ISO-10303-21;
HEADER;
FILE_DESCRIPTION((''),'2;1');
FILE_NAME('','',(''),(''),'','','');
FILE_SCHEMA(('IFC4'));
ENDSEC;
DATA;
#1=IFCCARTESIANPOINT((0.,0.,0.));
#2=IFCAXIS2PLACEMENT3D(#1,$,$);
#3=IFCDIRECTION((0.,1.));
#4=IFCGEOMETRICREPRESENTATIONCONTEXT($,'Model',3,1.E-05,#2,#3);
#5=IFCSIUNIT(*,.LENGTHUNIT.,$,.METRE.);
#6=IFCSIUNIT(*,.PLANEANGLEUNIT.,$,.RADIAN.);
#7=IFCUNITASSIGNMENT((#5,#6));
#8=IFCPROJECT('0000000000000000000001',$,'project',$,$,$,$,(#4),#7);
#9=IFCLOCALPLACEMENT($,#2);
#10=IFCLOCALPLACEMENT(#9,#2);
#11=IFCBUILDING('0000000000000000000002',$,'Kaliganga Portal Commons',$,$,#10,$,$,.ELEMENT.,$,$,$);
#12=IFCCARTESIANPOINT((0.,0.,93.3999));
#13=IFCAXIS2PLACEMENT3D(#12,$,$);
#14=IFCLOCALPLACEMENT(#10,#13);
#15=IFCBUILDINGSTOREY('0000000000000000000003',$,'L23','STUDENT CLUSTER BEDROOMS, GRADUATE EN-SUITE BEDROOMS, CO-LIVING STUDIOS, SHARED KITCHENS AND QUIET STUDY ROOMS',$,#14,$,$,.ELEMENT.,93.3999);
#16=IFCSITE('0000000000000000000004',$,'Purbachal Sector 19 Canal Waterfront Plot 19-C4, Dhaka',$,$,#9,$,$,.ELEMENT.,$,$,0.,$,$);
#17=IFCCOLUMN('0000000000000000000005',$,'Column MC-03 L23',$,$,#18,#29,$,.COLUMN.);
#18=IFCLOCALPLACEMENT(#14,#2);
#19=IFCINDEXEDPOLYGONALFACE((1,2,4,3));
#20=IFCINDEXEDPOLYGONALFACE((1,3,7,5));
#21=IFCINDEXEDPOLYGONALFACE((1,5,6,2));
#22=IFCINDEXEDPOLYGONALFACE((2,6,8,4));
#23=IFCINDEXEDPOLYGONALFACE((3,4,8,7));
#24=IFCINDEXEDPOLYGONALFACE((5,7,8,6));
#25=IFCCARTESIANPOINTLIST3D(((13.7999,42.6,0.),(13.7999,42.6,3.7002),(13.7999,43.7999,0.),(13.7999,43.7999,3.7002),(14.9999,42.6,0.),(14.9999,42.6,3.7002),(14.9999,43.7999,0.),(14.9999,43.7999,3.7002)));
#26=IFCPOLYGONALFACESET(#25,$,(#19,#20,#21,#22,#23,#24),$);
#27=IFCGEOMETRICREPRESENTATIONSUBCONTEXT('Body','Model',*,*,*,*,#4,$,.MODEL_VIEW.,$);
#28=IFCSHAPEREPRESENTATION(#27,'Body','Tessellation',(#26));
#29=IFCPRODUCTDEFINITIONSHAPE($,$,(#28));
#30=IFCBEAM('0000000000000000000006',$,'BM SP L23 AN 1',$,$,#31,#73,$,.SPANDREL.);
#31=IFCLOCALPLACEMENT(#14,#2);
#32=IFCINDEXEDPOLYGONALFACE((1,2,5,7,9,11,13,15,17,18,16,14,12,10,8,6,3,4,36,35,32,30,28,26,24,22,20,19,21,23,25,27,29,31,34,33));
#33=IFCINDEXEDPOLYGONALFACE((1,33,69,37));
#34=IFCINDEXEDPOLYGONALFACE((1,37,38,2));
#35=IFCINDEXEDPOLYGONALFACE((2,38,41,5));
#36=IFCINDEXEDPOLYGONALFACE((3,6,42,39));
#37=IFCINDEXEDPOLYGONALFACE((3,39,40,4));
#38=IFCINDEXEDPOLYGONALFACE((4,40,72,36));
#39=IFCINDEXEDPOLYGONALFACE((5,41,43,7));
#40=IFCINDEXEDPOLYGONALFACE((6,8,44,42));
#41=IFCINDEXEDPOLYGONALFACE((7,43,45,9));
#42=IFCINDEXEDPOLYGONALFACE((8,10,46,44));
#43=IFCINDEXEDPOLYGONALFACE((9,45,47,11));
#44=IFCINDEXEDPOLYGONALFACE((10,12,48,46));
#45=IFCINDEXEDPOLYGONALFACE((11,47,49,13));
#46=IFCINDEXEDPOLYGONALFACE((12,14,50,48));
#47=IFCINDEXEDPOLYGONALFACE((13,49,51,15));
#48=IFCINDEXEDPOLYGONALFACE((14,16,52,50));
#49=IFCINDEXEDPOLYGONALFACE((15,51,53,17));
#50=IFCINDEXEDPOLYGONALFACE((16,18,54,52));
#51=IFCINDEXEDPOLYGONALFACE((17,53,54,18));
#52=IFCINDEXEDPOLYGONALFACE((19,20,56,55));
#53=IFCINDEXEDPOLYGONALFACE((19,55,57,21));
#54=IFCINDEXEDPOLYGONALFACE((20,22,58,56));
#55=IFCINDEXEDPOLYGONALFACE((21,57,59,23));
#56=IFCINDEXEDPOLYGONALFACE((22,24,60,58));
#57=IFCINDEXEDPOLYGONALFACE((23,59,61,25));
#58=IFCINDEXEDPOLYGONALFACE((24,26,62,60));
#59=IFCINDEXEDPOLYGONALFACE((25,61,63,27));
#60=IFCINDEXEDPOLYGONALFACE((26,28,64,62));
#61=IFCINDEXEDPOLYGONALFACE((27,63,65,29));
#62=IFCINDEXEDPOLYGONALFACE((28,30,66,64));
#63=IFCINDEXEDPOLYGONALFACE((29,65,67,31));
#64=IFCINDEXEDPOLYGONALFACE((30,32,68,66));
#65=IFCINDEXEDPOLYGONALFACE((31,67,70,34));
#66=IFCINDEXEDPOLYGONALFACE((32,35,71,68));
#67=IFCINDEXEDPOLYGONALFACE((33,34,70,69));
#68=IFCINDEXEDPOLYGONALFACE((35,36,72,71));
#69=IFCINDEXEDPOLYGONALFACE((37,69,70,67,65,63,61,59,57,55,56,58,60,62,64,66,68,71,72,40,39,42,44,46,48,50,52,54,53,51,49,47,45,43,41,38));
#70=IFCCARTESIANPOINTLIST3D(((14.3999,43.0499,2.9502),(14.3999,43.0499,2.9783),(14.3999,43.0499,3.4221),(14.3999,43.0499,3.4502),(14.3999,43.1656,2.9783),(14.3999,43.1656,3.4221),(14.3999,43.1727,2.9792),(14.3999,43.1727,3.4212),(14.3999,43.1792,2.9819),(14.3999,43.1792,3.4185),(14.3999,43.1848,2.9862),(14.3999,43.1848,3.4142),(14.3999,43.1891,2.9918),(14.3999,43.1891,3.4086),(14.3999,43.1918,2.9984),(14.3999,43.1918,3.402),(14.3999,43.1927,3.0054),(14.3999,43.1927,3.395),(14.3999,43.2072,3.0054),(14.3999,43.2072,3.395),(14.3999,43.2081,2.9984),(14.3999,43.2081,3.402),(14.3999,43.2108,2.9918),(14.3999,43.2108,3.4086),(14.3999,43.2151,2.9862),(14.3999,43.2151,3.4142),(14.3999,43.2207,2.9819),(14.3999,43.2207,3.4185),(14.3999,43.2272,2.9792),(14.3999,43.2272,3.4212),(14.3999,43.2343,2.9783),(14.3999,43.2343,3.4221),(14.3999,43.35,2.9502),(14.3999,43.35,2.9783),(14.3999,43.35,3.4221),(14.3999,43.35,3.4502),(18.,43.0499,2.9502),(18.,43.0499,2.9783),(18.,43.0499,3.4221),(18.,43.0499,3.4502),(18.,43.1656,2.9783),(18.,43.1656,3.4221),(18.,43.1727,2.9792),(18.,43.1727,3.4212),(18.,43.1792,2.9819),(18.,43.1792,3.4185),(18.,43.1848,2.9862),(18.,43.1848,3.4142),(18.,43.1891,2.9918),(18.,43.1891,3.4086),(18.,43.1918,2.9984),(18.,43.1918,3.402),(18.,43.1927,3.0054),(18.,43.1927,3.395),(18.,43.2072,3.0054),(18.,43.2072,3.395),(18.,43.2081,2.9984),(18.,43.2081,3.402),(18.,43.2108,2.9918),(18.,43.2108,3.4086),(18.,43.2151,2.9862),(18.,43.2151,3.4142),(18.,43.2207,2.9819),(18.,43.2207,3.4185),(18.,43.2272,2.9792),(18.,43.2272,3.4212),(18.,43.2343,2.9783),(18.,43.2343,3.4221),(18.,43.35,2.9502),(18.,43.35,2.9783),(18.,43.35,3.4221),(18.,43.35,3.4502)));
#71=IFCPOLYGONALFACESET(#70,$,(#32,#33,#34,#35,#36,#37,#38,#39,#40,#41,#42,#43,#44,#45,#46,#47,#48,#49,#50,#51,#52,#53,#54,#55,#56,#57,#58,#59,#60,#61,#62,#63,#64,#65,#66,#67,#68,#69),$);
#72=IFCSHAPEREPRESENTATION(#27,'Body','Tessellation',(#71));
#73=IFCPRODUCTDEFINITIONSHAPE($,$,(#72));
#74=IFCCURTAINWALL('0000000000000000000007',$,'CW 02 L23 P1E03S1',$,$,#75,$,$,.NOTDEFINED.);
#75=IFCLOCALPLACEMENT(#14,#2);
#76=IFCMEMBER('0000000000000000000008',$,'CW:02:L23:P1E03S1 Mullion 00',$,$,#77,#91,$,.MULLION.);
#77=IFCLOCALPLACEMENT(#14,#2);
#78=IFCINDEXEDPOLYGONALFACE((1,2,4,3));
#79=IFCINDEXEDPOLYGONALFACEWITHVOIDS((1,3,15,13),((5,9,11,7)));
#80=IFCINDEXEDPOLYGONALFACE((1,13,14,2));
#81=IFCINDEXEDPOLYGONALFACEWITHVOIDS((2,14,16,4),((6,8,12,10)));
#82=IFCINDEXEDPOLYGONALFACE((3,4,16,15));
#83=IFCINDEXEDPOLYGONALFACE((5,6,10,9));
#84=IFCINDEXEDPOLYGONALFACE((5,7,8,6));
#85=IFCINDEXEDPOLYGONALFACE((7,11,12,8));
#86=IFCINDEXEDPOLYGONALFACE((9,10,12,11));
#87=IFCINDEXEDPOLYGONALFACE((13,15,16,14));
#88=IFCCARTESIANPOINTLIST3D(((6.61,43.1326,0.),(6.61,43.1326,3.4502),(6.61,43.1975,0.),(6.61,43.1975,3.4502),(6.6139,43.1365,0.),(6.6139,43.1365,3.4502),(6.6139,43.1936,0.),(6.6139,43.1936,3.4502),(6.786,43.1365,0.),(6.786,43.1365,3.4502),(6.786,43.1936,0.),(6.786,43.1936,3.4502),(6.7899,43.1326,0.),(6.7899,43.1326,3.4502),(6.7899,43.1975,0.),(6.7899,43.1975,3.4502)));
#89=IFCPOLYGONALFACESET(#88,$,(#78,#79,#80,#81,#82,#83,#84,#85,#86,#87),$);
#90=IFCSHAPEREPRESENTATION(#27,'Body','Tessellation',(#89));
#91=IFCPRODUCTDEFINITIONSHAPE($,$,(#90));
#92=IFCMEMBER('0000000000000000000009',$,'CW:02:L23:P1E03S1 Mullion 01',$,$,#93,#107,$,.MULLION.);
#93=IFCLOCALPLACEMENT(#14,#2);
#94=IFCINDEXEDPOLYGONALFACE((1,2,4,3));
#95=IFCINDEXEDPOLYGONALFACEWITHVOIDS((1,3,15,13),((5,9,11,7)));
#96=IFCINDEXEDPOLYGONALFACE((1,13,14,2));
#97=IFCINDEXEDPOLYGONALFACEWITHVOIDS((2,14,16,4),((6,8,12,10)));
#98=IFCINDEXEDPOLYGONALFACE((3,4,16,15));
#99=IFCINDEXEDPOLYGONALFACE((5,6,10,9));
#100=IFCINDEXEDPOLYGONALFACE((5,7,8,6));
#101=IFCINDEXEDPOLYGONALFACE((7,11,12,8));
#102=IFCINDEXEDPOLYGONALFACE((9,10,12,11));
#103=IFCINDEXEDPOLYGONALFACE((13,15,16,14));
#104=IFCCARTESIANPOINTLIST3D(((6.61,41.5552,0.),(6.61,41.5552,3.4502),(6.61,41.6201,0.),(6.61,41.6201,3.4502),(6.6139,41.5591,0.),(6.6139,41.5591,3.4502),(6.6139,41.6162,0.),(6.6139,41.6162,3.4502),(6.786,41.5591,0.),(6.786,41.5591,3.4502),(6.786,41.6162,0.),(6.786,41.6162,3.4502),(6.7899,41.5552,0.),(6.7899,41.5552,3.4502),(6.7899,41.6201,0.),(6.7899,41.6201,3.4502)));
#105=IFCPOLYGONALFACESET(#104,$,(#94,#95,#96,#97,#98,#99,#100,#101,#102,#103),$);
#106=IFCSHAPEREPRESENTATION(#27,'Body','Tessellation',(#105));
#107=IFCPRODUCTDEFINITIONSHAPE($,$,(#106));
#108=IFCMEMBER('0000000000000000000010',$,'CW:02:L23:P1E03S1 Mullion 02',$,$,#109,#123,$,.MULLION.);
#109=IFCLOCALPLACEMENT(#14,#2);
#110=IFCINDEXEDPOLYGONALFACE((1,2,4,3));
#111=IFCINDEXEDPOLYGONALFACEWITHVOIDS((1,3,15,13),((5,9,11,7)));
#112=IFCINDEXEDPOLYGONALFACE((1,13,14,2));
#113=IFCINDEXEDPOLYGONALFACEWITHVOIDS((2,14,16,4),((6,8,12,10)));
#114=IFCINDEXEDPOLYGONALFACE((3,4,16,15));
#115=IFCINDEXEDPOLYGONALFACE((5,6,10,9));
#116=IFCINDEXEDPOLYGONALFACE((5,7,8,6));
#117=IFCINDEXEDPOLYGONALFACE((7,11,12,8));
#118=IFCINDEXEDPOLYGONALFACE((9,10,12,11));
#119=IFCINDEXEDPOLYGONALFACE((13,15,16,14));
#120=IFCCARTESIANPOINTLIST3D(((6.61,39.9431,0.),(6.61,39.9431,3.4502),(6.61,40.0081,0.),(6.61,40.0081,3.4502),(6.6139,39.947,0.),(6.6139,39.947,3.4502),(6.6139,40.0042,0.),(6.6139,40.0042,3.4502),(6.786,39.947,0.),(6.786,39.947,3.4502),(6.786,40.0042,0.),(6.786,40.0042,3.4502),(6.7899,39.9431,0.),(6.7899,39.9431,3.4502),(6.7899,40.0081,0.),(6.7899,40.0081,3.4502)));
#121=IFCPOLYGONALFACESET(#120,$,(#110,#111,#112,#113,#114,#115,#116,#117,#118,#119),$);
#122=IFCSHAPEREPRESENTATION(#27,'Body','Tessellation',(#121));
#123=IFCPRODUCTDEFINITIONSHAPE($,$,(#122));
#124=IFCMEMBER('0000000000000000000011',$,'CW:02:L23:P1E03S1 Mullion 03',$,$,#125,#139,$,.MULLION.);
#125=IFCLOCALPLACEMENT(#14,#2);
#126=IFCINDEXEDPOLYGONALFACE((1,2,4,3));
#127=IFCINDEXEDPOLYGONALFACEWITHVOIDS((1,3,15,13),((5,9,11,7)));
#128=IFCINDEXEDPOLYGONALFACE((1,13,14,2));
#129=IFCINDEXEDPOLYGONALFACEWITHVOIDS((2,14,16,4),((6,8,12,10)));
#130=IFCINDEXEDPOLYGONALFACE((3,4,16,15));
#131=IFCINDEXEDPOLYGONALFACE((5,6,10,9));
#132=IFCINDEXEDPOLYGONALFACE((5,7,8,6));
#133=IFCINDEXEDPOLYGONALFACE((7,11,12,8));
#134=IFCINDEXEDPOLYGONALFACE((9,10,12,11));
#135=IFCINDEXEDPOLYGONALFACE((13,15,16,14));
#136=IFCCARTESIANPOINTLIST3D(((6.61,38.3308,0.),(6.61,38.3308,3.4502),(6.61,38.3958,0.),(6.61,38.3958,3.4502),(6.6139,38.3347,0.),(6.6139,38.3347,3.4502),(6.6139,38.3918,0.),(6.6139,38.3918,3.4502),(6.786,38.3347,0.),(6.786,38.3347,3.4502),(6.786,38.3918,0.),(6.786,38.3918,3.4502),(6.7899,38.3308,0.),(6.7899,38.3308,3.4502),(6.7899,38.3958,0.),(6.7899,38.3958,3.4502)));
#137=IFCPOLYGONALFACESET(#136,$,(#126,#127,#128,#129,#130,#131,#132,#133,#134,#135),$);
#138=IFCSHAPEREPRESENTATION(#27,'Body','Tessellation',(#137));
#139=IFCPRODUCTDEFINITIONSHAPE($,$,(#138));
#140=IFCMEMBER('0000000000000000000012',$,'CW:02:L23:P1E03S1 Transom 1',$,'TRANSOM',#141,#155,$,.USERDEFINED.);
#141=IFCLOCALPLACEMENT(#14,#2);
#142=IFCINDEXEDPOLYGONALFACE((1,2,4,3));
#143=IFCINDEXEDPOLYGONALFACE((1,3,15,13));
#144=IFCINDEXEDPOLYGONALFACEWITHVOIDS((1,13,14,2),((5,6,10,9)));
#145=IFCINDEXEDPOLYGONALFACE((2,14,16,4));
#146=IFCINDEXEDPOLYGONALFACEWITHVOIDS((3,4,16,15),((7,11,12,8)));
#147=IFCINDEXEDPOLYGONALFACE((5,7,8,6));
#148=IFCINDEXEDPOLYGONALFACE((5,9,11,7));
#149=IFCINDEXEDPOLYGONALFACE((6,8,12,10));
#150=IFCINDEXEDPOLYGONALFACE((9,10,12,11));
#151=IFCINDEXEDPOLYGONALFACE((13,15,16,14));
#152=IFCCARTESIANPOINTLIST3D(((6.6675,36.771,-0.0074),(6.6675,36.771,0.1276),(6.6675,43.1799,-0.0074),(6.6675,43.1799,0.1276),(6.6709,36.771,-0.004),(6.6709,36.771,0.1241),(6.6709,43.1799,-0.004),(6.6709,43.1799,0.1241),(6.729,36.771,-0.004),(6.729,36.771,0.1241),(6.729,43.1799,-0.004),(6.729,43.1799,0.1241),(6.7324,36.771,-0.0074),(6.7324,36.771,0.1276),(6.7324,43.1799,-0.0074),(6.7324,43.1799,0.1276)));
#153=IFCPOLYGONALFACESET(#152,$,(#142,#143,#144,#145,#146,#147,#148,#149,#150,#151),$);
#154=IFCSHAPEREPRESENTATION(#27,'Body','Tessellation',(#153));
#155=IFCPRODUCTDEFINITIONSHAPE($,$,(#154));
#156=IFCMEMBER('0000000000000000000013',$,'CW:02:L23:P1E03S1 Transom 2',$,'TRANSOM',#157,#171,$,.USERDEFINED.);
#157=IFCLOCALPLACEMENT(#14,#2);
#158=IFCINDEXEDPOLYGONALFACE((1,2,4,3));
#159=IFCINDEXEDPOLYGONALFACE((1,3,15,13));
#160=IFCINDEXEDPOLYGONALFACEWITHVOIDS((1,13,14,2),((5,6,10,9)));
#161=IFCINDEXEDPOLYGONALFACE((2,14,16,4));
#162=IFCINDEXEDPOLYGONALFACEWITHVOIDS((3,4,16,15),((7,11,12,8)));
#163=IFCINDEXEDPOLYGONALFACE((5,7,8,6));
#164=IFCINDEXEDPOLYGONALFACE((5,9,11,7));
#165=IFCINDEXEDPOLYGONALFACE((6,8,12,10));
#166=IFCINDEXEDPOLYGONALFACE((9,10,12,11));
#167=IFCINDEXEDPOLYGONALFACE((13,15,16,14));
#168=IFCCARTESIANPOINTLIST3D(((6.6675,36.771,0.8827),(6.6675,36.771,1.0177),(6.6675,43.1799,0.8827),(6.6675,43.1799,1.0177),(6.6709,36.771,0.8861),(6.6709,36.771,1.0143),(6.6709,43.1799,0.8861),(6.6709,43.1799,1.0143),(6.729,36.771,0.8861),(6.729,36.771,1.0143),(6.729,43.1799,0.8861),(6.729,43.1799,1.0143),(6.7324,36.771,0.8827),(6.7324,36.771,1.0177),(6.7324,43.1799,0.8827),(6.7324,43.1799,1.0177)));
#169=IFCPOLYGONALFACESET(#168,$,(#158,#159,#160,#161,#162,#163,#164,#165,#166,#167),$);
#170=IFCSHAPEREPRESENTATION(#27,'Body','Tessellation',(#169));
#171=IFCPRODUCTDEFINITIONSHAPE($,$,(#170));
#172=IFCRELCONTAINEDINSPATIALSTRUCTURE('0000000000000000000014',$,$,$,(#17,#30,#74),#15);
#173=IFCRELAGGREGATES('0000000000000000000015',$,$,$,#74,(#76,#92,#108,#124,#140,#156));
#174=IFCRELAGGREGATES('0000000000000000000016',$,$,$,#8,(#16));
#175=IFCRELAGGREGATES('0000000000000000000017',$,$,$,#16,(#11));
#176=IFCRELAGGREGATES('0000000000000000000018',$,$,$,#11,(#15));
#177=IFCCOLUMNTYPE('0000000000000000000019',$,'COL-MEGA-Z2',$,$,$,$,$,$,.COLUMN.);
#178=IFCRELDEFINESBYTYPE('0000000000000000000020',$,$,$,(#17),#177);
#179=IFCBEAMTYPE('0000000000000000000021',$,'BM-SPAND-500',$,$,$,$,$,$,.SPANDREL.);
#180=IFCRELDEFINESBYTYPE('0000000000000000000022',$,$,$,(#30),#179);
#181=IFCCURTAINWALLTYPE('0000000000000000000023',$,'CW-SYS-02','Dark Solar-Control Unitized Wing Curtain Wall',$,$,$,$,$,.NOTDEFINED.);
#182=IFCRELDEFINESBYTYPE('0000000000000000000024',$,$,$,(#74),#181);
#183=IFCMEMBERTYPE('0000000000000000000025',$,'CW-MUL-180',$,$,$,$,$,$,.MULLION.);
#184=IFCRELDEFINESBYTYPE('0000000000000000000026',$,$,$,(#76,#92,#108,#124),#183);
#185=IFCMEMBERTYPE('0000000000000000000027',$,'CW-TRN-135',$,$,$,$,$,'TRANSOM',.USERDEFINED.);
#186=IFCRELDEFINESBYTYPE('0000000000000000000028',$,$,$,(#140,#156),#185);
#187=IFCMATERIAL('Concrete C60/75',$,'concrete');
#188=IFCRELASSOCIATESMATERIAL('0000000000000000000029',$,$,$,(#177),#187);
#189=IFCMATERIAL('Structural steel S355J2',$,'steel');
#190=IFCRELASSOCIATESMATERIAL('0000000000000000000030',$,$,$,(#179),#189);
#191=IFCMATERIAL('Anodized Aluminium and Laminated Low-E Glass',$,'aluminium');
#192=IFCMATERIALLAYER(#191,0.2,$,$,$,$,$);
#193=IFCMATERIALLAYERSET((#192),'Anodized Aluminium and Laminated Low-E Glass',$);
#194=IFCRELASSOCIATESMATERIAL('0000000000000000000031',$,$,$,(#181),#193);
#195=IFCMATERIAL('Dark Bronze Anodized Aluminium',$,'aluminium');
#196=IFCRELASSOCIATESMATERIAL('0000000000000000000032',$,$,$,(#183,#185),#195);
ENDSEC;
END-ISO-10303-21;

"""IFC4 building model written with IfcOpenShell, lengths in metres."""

from ifc_helpers import new_model, si_unit, direction, frame, origin, origin_2d, place, context, subcontext, project, spatial, rectangle, hollow_rectangle, i_section, extrude, source, transform, mapped, material, layer, layer_set, material_profile, profile_set, type_object, element, aggregate, save


model = new_model("IFC4")

# Units and contexts
model_context = context("Model", 3, precision=1e-05, world=origin(), true_north=direction((0.0, 1.0)))
body_context = subcontext(model_context, "Body", "Model", "MODEL_VIEW")
ifc_project = project(units=[si_unit("LENGTHUNIT", "METRE"), si_unit("PLANEANGLEUNIT", "RADIAN")], contexts=[model_context])

# Site, building, storey
site_placement = place(None, origin())
site = spatial("IfcSite", under=ifc_project, at=site_placement, Name="Purbachal Sector 19 Canal Waterfront Plot 19-C4, Dhaka", CompositionType="ELEMENT", RefElevation=0.0)
building_placement = place(site_placement, origin())
building = spatial("IfcBuilding", under=site, at=building_placement, Name="Kaliganga Portal Commons", CompositionType="ELEMENT")
storey_placement = place(building_placement, frame((0.0, 0.0, 93.3999)))
storey = spatial("IfcBuildingStorey", under=building, at=storey_placement, Name="L23", Description="STUDENT CLUSTER BEDROOMS, GRADUATE EN-SUITE BEDROOMS, CO-LIVING STUDIOS, SHARED KITCHENS AND QUIET STUDY ROOMS", CompositionType="ELEMENT", Elevation=93.3999)

# Column
ifc_material_1 = material(Name="Concrete C60/75", Category="concrete")
ifc_material_profile_1 = material_profile(ifc_material_1, rectangle(XDim=1.2, YDim=1.2, at=origin_2d()), Name="RC 1200x1200")
ifc_profile_set_1 = profile_set([ifc_material_profile_1], Name="Concrete C60/75")
column_type = type_object("IfcColumnType", Name="COL-MEGA-Z2", PredefinedType="COLUMN", material=ifc_profile_set_1)
shared_shape_1 = source(origin(), body_context, "Body", "SweptSolid", [
    extrude(rectangle(XDim=1.2, YDim=1.2, at=origin_2d()), origin(), (0.0, 0.0, 1.0), 3.7002),
])
column_placement = place(storey_placement, frame((14.3999, 43.2, 0.0), z_axis=(0.0, 0.0, 1.0), x_axis=(1.0, 0.0, 0.0)))
element("IfcColumn", 1, at=column_placement, inside=storey, type_object=column_type, Name="Column MC-03 L23", PredefinedType="COLUMN", context=body_context, shape_type="MappedRepresentation", body=[
    mapped(shared_shape_1, transform((0.0, 0.0, 0.0), x_axis=(1.0, 0.0, 0.0), y_axis=(0.0, 1.0, 0.0), z_axis=(0.0, 0.0, 1.0), scale=1.0)),
])

# Beam
ifc_material_2 = material(Name="Structural steel S355J2", Category="steel")
ifc_material_profile_2 = material_profile(ifc_material_2, i_section(OverallWidth=0.3, OverallDepth=0.5, WebThickness=0.0144, FlangeThickness=0.0281, FilletRadius=0.0271, at=origin_2d()), Name="HE 500 B")
ifc_profile_set_2 = profile_set([ifc_material_profile_2], Name="Structural steel S355J2 wide-flange")
beam_type = type_object("IfcBeamType", Name="BM-SPAND-500", PredefinedType="SPANDREL", material=ifc_profile_set_2)
shared_shape_2 = source(origin(), body_context, "Body", "SweptSolid", [
    extrude(i_section(OverallWidth=0.3, OverallDepth=0.5, WebThickness=0.0144, FlangeThickness=0.0281, FilletRadius=0.0271, at=origin_2d()), origin(), (0.0, 0.0, 1.0), 3.6001),
])
beam_placement = place(storey_placement, frame((14.3999, 43.2, 3.2002), z_axis=(1.0, 0.0, 0.0), x_axis=(0.0, 1.0, 0.0)))
element("IfcBeam", 2, at=beam_placement, inside=storey, type_object=beam_type, Name="BM SP L23 AN 1", PredefinedType="SPANDREL", context=body_context, shape_type="MappedRepresentation", body=[
    mapped(shared_shape_2, transform((0.0, 0.0, 0.0), x_axis=(1.0, 0.0, 0.0), y_axis=(0.0, 1.0, 0.0), z_axis=(0.0, 0.0, 1.0), scale=1.0)),
])

# Curtain wall, members
ifc_material_3 = material(Name="Anodized Aluminium and Laminated Low-E Glass", Category="aluminium")
ifc_layer_1 = layer(ifc_material_3, 0.2)
ifc_layer_set_1 = layer_set([ifc_layer_1], Name="Anodized Aluminium and Laminated Low-E Glass")
curtain_wall_type = type_object("IfcCurtainWallType", Name="CW-SYS-02", Description="Dark Solar-Control Unitized Wing Curtain Wall", PredefinedType="NOTDEFINED", material=ifc_layer_set_1)
curtain_wall_placement = place(storey_placement, origin())
curtain_wall = element("IfcCurtainWall", 3, at=curtain_wall_placement, inside=storey, type_object=curtain_wall_type, Name="CW 02 L23 P1E03S1", PredefinedType="NOTDEFINED")
ifc_material_4 = material(Name="Dark Bronze Anodized Aluminium", Category="aluminium")
ifc_material_profile_3 = material_profile(ifc_material_4, hollow_rectangle(XDim=0.0649, YDim=0.1799, WallThickness=0.0039, at=origin_2d()), Name="ALU MULL 65x180x4")
ifc_profile_set_3 = profile_set([ifc_material_profile_3], Name="Dark Bronze Anodized Aluminium")
member_type_1 = type_object("IfcMemberType", Name="CW-MUL-180", PredefinedType="MULLION", material=ifc_profile_set_3)
shared_shape_3 = source(origin(), body_context, "Body", "SweptSolid", [
    extrude(hollow_rectangle(XDim=0.0649, YDim=0.1799, WallThickness=0.0039, at=origin_2d()), origin(), (0.0, 0.0, 1.0), 3.4502),
])
member_1_placement = place(storey_placement, frame((6.7, 43.165, 0.0), z_axis=(0.0, 0.0, 1.0), x_axis=(0.0, -1.0, 0.0)))
member_1 = element("IfcMember", 4, at=member_1_placement, type_object=member_type_1, Name="CW:02:L23:P1E03S1 Mullion 00", PredefinedType="MULLION", context=body_context, shape_type="MappedRepresentation", body=[
    mapped(shared_shape_3, transform((0.0, 0.0, 0.0), x_axis=(1.0, 0.0, 0.0), y_axis=(0.0, 1.0, 0.0), z_axis=(0.0, 0.0, 1.0), scale=1.0)),
])
member_2_placement = place(storey_placement, frame((6.7, 41.5876, 0.0), z_axis=(0.0, 0.0, 1.0), x_axis=(0.0, -1.0, 0.0)))
member_2 = element("IfcMember", 5, at=member_2_placement, type_object=member_type_1, Name="CW:02:L23:P1E03S1 Mullion 01", PredefinedType="MULLION", context=body_context, shape_type="MappedRepresentation", body=[
    mapped(shared_shape_3, transform((0.0, 0.0, 0.0), x_axis=(1.0, 0.0, 0.0), y_axis=(0.0, 1.0, 0.0), z_axis=(0.0, 0.0, 1.0), scale=1.0)),
])
member_3_placement = place(storey_placement, frame((6.7, 39.9756, 0.0), z_axis=(0.0, 0.0, 1.0), x_axis=(0.0, -1.0, 0.0)))
member_3 = element("IfcMember", 6, at=member_3_placement, type_object=member_type_1, Name="CW:02:L23:P1E03S1 Mullion 02", PredefinedType="MULLION", context=body_context, shape_type="MappedRepresentation", body=[
    mapped(shared_shape_3, transform((0.0, 0.0, 0.0), x_axis=(1.0, 0.0, 0.0), y_axis=(0.0, 1.0, 0.0), z_axis=(0.0, 0.0, 1.0), scale=1.0)),
])
member_4_placement = place(storey_placement, frame((6.7, 38.3633, 0.0), z_axis=(0.0, 0.0, 1.0), x_axis=(0.0, -1.0, 0.0)))
member_4 = element("IfcMember", 7, at=member_4_placement, type_object=member_type_1, Name="CW:02:L23:P1E03S1 Mullion 03", PredefinedType="MULLION", context=body_context, shape_type="MappedRepresentation", body=[
    mapped(shared_shape_3, transform((0.0, 0.0, 0.0), x_axis=(1.0, 0.0, 0.0), y_axis=(0.0, 1.0, 0.0), z_axis=(0.0, 0.0, 1.0), scale=1.0)),
])
ifc_material_profile_4 = material_profile(ifc_material_4, hollow_rectangle(XDim=0.0649, YDim=0.135, WallThickness=0.0034, at=origin_2d()), Name="ALU TRAN 65x135x3.5")
ifc_profile_set_4 = profile_set([ifc_material_profile_4], Name="Dark Bronze Anodized Aluminium")
member_type_2 = type_object("IfcMemberType", Name="CW-TRN-135", ElementType="TRANSOM", PredefinedType="USERDEFINED", material=ifc_profile_set_4)
shared_shape_4 = source(origin(), body_context, "Body", "SweptSolid", [
    extrude(hollow_rectangle(XDim=0.0649, YDim=0.135, WallThickness=0.0034, at=origin_2d()), origin(), (0.0, 0.0, 1.0), 6.4089),
])
member_5_placement = place(storey_placement, frame((6.7, 43.1799, 0.0601), z_axis=(0.0, -1.0, 0.0), x_axis=(1.0, 0.0, 0.0)))
member_5 = element("IfcMember", 8, at=member_5_placement, type_object=member_type_2, Name="CW:02:L23:P1E03S1 Transom 1", ObjectType="TRANSOM", PredefinedType="USERDEFINED", context=body_context, shape_type="MappedRepresentation", body=[
    mapped(shared_shape_4, transform((0.0, 0.0, 0.0), x_axis=(1.0, 0.0, 0.0), y_axis=(0.0, 1.0, 0.0), z_axis=(0.0, 0.0, 1.0), scale=1.0)),
])
member_6_placement = place(storey_placement, frame((6.7, 43.1799, 0.9502), z_axis=(0.0, -1.0, 0.0), x_axis=(1.0, 0.0, 0.0)))
member_6 = element("IfcMember", 9, at=member_6_placement, type_object=member_type_2, Name="CW:02:L23:P1E03S1 Transom 2", ObjectType="TRANSOM", PredefinedType="USERDEFINED", context=body_context, shape_type="MappedRepresentation", body=[
    mapped(shared_shape_4, transform((0.0, 0.0, 0.0), x_axis=(1.0, 0.0, 0.0), y_axis=(0.0, 1.0, 0.0), z_axis=(0.0, 0.0, 1.0), scale=1.0)),
])
aggregate(curtain_wall, [member_1, member_2, member_3, member_4, member_5, member_6])

save(model, "model.ifc")
